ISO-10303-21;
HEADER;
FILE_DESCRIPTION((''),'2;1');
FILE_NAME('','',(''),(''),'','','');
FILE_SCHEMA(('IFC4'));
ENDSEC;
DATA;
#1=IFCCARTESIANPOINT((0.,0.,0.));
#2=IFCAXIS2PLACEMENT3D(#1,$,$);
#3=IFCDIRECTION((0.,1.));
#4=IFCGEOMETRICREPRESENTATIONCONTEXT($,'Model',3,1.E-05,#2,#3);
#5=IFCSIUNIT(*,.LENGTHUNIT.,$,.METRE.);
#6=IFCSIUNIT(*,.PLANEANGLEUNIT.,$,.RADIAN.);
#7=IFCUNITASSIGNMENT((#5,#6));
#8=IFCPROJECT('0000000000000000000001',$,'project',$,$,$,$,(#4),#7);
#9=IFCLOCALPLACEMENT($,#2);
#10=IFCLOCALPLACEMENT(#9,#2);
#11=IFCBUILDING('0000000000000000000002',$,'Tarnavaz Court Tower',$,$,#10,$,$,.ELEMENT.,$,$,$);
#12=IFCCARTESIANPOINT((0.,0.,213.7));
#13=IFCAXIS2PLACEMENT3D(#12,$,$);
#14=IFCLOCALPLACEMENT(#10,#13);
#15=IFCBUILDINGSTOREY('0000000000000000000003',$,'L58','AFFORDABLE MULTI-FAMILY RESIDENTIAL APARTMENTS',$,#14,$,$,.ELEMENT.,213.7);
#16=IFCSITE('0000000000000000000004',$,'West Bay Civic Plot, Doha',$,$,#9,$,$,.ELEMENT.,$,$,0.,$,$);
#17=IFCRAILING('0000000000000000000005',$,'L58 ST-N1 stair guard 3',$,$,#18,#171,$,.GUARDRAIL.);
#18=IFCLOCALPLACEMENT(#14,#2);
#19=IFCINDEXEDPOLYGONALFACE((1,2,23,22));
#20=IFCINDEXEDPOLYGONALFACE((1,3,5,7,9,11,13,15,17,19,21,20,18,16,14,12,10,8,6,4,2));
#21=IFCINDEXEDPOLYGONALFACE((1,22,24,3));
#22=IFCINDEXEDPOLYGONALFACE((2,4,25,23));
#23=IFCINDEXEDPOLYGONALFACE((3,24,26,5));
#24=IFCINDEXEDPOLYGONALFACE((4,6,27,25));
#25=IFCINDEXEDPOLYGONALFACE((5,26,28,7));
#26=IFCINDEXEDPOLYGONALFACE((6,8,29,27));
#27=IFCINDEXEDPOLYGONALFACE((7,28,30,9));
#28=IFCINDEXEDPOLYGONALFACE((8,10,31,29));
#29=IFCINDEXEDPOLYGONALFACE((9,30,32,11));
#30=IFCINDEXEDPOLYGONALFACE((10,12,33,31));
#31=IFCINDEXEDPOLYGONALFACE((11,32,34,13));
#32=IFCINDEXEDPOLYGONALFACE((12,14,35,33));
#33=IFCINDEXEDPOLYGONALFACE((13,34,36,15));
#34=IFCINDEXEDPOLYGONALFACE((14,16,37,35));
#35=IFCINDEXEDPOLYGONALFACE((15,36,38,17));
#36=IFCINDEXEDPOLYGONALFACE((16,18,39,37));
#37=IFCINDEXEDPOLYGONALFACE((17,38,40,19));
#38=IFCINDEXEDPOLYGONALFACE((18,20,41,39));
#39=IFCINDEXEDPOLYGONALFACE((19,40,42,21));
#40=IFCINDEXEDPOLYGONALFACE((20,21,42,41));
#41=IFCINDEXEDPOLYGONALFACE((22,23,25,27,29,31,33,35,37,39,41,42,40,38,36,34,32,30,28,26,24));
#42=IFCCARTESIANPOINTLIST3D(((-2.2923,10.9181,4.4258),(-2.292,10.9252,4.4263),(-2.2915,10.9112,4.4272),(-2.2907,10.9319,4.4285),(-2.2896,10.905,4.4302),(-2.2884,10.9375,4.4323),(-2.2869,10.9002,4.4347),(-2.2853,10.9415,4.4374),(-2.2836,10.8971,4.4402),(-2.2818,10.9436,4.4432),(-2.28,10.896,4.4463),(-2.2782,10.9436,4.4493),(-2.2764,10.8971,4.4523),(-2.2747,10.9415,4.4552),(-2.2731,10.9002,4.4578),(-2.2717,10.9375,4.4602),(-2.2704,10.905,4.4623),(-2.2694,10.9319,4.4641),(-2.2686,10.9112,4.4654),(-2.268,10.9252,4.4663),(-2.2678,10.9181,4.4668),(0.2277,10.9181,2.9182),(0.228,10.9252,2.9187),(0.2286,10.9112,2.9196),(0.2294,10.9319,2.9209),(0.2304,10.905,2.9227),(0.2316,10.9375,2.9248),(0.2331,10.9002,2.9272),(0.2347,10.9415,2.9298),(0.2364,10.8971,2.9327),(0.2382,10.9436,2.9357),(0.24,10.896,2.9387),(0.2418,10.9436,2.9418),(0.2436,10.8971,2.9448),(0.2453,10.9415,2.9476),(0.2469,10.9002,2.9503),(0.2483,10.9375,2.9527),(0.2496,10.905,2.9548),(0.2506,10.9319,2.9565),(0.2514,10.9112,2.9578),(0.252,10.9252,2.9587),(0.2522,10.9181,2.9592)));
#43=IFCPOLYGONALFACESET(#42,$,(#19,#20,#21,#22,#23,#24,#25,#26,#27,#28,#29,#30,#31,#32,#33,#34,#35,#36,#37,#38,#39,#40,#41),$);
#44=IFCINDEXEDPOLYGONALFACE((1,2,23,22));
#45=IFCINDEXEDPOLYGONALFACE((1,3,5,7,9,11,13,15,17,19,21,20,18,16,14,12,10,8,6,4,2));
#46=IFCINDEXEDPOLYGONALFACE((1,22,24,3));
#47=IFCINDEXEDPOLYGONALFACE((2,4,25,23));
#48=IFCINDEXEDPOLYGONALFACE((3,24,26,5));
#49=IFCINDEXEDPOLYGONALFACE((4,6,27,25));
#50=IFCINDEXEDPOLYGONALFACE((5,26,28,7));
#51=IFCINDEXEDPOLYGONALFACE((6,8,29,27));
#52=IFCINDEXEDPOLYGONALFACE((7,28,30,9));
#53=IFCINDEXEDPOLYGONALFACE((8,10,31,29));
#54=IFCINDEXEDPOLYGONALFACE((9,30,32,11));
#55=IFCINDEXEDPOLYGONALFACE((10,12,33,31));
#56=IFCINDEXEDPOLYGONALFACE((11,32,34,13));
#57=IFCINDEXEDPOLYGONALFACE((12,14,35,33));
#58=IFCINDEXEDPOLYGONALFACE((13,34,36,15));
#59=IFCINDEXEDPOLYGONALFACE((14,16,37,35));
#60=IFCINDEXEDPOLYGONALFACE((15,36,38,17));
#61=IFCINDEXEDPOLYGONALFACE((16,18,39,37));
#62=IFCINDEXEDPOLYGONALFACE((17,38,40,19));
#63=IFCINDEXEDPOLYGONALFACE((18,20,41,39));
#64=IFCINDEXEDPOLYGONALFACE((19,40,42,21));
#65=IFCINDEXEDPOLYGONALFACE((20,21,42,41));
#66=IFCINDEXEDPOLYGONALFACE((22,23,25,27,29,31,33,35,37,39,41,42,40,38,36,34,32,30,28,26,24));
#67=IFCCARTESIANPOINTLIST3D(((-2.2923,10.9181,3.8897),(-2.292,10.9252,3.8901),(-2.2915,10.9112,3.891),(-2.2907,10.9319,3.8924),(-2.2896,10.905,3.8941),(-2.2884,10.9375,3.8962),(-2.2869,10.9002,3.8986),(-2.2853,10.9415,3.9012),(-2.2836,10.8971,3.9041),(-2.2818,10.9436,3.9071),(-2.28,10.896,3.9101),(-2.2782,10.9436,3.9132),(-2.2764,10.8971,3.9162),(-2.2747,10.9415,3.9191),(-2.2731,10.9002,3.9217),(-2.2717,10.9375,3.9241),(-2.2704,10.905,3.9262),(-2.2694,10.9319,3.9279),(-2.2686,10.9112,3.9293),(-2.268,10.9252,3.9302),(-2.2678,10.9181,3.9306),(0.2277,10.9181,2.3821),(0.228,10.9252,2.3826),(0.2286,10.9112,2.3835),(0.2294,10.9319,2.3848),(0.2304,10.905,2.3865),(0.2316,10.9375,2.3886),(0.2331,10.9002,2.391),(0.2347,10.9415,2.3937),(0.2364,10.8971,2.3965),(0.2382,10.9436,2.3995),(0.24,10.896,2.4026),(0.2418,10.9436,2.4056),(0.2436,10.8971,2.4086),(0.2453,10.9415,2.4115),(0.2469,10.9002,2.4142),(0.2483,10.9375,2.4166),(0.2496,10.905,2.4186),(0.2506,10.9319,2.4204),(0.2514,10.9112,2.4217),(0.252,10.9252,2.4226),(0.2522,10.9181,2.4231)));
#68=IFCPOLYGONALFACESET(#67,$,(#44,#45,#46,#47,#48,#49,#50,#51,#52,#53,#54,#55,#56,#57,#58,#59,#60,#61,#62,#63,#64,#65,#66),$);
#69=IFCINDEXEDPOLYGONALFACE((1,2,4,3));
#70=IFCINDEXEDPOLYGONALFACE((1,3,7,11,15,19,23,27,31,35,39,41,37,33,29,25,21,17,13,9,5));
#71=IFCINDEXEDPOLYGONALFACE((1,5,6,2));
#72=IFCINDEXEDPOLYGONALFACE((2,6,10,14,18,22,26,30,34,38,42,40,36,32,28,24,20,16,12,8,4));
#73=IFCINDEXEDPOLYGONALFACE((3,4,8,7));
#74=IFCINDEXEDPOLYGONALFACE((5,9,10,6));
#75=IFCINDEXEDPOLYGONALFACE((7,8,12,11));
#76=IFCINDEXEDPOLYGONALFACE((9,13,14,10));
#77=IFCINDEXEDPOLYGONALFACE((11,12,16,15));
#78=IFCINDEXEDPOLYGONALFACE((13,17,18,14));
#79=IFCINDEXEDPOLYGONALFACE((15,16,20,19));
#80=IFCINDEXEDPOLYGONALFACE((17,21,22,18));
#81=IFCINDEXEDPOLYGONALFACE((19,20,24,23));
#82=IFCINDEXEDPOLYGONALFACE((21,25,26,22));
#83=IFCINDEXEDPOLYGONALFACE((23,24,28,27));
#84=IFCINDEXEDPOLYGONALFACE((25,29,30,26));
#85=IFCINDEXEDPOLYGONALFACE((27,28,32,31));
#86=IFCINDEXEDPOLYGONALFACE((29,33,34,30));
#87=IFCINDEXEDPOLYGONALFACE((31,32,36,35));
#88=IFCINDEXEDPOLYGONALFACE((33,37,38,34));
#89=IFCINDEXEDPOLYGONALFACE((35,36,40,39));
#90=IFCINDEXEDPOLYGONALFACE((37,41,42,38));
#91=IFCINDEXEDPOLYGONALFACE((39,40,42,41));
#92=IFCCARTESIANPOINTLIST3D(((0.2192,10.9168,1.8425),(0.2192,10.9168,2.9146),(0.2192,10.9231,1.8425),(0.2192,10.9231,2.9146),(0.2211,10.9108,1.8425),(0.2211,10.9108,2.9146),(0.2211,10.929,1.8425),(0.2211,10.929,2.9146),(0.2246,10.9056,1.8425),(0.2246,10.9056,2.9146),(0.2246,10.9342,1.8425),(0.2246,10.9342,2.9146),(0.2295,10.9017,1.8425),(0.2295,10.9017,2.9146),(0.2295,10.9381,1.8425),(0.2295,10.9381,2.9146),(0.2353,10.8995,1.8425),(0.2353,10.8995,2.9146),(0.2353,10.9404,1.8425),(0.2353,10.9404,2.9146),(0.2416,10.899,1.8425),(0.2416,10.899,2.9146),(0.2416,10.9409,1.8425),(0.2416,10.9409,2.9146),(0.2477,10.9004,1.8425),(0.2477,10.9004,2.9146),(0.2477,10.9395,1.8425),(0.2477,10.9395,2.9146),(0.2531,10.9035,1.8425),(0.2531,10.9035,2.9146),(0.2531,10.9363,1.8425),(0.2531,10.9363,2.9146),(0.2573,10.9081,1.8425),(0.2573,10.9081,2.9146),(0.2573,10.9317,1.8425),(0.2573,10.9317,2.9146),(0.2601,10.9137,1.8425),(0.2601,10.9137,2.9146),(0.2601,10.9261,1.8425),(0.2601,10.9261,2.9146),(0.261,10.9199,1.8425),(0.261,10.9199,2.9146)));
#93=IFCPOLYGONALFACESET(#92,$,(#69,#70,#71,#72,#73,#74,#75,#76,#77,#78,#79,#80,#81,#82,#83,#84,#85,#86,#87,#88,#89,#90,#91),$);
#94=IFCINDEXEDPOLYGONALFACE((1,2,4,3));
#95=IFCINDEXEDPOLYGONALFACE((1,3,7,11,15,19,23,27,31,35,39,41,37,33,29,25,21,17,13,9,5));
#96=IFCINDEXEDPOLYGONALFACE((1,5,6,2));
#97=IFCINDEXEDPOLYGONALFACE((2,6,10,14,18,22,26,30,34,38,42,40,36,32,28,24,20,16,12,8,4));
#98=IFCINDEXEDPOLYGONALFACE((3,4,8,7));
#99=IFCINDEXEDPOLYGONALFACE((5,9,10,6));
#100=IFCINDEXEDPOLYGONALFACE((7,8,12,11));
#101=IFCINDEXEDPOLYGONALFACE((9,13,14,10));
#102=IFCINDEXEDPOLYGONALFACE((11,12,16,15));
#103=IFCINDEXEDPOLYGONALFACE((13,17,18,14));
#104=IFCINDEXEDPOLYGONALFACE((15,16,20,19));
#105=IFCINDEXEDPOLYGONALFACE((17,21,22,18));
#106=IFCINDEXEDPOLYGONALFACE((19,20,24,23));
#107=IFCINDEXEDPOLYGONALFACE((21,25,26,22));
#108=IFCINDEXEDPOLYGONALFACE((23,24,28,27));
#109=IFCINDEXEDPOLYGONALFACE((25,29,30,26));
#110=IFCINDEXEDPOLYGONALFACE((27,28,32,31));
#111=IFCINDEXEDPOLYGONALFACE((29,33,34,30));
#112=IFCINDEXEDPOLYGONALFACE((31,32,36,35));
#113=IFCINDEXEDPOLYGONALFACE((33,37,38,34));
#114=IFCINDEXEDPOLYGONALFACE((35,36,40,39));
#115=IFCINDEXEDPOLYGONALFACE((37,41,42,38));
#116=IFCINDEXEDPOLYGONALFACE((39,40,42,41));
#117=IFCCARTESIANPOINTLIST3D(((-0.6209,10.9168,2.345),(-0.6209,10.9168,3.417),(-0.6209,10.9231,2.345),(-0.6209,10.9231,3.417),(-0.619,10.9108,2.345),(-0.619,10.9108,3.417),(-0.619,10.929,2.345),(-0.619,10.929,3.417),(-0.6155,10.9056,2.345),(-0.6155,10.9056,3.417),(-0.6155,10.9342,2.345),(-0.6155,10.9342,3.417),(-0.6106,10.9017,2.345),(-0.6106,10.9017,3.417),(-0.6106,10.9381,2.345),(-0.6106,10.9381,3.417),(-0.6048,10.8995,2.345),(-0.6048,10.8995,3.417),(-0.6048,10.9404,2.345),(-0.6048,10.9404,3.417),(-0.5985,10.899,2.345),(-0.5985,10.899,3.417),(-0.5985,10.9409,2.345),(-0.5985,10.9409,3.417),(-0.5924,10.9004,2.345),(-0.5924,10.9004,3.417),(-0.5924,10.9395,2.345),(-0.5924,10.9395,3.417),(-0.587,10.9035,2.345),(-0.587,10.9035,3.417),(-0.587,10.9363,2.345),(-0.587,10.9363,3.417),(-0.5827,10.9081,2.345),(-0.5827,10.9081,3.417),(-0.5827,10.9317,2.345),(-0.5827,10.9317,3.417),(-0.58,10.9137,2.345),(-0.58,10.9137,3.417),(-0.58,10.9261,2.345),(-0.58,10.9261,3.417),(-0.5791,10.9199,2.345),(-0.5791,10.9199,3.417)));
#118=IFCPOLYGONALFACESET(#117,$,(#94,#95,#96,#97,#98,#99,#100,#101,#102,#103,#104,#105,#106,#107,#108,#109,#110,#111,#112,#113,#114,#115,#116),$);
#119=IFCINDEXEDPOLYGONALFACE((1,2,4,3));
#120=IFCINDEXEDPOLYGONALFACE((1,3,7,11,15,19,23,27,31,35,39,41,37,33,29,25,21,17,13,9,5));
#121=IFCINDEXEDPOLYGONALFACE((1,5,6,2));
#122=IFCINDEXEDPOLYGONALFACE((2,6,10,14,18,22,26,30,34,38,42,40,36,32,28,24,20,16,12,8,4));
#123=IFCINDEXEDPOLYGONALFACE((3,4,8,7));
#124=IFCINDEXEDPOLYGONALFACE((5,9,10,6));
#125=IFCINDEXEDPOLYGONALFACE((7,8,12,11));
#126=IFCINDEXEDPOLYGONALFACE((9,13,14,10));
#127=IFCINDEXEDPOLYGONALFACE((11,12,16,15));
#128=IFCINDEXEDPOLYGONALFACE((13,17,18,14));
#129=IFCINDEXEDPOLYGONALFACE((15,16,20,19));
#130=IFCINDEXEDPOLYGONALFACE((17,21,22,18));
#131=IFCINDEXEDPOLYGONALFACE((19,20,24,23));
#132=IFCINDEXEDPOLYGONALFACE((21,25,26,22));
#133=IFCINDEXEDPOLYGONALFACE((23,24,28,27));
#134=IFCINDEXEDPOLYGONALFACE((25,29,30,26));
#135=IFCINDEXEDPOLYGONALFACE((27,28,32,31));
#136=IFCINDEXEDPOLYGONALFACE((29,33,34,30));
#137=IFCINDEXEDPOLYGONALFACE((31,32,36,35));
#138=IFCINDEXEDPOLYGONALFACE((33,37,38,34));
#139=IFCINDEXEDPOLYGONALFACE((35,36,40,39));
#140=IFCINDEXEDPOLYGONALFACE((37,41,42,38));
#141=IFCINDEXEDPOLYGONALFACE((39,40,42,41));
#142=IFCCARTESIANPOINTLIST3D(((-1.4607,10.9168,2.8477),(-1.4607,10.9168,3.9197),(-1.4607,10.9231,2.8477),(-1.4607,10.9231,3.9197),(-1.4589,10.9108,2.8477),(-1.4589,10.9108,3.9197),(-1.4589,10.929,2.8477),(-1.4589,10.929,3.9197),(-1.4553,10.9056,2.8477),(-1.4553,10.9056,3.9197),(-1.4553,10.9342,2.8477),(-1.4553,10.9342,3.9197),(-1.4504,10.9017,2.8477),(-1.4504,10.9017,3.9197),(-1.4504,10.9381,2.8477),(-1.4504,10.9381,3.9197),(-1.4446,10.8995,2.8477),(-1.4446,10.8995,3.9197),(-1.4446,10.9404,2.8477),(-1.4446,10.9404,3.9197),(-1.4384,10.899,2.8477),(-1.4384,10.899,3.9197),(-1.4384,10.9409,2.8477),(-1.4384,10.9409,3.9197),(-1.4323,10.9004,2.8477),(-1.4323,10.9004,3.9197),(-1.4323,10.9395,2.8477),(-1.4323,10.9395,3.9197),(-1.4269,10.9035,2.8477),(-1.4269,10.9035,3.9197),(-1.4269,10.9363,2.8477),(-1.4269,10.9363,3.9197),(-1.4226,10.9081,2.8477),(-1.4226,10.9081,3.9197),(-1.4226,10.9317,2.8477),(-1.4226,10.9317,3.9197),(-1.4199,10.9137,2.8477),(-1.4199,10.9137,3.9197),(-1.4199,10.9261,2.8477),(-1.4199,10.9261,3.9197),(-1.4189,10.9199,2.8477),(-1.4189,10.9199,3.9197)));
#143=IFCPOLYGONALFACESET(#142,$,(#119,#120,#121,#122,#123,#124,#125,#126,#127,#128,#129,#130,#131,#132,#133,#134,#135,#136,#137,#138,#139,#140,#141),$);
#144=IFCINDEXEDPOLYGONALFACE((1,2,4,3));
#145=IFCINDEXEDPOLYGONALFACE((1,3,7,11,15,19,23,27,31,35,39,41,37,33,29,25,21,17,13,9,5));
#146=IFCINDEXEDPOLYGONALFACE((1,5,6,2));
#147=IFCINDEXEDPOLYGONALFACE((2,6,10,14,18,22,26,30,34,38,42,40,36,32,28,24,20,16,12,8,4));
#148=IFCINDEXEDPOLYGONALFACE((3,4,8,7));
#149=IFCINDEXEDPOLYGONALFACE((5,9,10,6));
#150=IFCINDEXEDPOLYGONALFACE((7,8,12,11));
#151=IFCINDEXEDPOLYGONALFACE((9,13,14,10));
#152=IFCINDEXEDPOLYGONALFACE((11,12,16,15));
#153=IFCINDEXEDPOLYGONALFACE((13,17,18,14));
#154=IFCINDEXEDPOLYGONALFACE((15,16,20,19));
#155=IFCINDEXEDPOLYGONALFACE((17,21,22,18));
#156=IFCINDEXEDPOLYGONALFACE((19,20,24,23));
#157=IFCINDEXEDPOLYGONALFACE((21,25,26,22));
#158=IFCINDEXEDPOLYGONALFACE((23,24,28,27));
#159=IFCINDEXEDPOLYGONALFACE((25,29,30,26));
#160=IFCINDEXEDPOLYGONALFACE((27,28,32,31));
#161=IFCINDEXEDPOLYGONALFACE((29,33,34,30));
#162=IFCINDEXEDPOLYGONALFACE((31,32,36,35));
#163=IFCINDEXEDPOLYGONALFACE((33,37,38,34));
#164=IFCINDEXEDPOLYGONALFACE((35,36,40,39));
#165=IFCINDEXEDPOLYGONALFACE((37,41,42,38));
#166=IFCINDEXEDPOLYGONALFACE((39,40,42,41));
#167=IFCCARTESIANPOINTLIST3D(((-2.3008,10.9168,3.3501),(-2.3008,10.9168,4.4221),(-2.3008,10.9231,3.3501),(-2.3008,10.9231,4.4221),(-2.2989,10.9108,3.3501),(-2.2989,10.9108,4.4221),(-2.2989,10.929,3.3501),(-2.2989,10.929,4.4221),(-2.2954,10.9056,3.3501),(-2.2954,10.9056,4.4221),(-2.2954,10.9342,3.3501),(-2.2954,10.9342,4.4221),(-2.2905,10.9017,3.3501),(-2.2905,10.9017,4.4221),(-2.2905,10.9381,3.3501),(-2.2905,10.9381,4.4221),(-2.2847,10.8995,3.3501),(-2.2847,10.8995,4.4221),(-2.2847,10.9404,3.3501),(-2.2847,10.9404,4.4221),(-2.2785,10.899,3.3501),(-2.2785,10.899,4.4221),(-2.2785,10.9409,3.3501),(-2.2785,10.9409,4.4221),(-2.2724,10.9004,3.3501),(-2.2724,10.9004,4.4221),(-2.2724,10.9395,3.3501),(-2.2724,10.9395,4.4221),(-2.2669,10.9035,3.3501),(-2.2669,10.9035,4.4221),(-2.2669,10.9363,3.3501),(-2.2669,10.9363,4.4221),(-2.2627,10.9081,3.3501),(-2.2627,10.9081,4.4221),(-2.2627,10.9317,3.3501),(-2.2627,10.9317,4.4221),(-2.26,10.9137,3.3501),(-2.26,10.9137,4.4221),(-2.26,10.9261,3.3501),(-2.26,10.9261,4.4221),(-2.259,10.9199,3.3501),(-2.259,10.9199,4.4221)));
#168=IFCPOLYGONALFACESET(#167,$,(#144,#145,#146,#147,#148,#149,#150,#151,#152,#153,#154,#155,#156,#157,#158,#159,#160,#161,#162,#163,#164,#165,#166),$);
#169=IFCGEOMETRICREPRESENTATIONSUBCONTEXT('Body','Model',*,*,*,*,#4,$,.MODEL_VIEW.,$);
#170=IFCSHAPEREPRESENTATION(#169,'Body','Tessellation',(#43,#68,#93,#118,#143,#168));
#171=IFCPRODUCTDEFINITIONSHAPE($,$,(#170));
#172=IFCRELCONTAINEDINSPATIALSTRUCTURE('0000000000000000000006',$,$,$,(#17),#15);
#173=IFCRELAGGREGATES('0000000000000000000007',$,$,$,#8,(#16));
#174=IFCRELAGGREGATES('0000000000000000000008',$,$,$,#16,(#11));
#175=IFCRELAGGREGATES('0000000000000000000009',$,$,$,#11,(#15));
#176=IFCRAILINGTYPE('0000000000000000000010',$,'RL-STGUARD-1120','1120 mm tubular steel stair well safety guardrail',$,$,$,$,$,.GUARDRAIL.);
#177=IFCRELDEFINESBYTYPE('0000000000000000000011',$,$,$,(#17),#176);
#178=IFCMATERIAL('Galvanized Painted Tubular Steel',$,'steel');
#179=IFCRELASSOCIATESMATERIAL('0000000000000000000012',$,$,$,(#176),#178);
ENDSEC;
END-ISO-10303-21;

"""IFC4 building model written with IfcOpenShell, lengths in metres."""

from ifc_helpers import new_model, si_unit, direction, frame, origin, origin_2d, place, context, subcontext, project, spatial, circle, extrude, material, type_object, element, save


model = new_model("IFC4")

# Units and contexts
model_context = context("Model", 3, precision=1e-05, world=origin(), true_north=direction((0.0, 1.0)))
body_context = subcontext(model_context, "Body", "Model", "MODEL_VIEW")
ifc_project = project(units=[si_unit("LENGTHUNIT", "METRE"), si_unit("PLANEANGLEUNIT", "RADIAN")], contexts=[model_context])

# Site, building, storey
site_placement = place(None, origin())
site = spatial("IfcSite", under=ifc_project, at=site_placement, Name="West Bay Civic Plot, Doha", CompositionType="ELEMENT", RefElevation=0.0)
building_placement = place(site_placement, origin())
building = spatial("IfcBuilding", under=site, at=building_placement, Name="Tarnavaz Court Tower", CompositionType="ELEMENT")
storey_placement = place(building_placement, frame((0.0, 0.0, 213.7)))
storey = spatial("IfcBuildingStorey", under=building, at=storey_placement, Name="L58", Description="AFFORDABLE MULTI-FAMILY RESIDENTIAL APARTMENTS", CompositionType="ELEMENT", Elevation=213.7)

# Railing
ifc_material_1 = material(Name="Galvanized Painted Tubular Steel", Category="steel")
railing_type_1 = type_object("IfcRailingType", Name="RL-STGUARD-1120", Description="1120 mm tubular steel stair well safety guardrail", PredefinedType="GUARDRAIL", material=ifc_material_1)
railing_1_placement = place(storey_placement, frame((0.24, 10.9199, 1.8425)))
element("IfcRailing", 1, at=railing_1_placement, inside=storey, type_object=railing_type_1, Name="L58 ST-N1 stair guard 3", PredefinedType="GUARDRAIL", context=body_context, shape_type="SweptSolid", body=[
    extrude(circle(Radius=0.0239, at=origin_2d()), frame((0.0, 0.0, 1.0962), z_axis=(-0.85816, 0.0, 0.513383), x_axis=(0.0, -1.0, 0.0)), (0.0, 0.0, 1.0), 2.9365),
    extrude(circle(Radius=0.0239, at=origin_2d()), frame((0.0, 0.0, 0.5601), z_axis=(-0.85816, 0.0, 0.513383), x_axis=(0.0, -1.0, 0.0)), (0.0, 0.0, 1.0), 2.9365),
    extrude(circle(Radius=0.021, at=origin_2d()), origin(), (0.0, 0.0, 1.0), 1.072),
    extrude(circle(Radius=0.021, at=origin_2d()), frame((-0.8401, 0.0, 0.5024)), (0.0, 0.0, 1.0), 1.072),
    extrude(circle(Radius=0.021, at=origin_2d()), frame((-1.6799, 0.0, 1.0051)), (0.0, 0.0, 1.0), 1.072),
    extrude(circle(Radius=0.021, at=origin_2d()), frame((-2.52, 0.0, 1.5076)), (0.0, 0.0, 1.0), 1.072),
])

save(model, "model.ifc")
